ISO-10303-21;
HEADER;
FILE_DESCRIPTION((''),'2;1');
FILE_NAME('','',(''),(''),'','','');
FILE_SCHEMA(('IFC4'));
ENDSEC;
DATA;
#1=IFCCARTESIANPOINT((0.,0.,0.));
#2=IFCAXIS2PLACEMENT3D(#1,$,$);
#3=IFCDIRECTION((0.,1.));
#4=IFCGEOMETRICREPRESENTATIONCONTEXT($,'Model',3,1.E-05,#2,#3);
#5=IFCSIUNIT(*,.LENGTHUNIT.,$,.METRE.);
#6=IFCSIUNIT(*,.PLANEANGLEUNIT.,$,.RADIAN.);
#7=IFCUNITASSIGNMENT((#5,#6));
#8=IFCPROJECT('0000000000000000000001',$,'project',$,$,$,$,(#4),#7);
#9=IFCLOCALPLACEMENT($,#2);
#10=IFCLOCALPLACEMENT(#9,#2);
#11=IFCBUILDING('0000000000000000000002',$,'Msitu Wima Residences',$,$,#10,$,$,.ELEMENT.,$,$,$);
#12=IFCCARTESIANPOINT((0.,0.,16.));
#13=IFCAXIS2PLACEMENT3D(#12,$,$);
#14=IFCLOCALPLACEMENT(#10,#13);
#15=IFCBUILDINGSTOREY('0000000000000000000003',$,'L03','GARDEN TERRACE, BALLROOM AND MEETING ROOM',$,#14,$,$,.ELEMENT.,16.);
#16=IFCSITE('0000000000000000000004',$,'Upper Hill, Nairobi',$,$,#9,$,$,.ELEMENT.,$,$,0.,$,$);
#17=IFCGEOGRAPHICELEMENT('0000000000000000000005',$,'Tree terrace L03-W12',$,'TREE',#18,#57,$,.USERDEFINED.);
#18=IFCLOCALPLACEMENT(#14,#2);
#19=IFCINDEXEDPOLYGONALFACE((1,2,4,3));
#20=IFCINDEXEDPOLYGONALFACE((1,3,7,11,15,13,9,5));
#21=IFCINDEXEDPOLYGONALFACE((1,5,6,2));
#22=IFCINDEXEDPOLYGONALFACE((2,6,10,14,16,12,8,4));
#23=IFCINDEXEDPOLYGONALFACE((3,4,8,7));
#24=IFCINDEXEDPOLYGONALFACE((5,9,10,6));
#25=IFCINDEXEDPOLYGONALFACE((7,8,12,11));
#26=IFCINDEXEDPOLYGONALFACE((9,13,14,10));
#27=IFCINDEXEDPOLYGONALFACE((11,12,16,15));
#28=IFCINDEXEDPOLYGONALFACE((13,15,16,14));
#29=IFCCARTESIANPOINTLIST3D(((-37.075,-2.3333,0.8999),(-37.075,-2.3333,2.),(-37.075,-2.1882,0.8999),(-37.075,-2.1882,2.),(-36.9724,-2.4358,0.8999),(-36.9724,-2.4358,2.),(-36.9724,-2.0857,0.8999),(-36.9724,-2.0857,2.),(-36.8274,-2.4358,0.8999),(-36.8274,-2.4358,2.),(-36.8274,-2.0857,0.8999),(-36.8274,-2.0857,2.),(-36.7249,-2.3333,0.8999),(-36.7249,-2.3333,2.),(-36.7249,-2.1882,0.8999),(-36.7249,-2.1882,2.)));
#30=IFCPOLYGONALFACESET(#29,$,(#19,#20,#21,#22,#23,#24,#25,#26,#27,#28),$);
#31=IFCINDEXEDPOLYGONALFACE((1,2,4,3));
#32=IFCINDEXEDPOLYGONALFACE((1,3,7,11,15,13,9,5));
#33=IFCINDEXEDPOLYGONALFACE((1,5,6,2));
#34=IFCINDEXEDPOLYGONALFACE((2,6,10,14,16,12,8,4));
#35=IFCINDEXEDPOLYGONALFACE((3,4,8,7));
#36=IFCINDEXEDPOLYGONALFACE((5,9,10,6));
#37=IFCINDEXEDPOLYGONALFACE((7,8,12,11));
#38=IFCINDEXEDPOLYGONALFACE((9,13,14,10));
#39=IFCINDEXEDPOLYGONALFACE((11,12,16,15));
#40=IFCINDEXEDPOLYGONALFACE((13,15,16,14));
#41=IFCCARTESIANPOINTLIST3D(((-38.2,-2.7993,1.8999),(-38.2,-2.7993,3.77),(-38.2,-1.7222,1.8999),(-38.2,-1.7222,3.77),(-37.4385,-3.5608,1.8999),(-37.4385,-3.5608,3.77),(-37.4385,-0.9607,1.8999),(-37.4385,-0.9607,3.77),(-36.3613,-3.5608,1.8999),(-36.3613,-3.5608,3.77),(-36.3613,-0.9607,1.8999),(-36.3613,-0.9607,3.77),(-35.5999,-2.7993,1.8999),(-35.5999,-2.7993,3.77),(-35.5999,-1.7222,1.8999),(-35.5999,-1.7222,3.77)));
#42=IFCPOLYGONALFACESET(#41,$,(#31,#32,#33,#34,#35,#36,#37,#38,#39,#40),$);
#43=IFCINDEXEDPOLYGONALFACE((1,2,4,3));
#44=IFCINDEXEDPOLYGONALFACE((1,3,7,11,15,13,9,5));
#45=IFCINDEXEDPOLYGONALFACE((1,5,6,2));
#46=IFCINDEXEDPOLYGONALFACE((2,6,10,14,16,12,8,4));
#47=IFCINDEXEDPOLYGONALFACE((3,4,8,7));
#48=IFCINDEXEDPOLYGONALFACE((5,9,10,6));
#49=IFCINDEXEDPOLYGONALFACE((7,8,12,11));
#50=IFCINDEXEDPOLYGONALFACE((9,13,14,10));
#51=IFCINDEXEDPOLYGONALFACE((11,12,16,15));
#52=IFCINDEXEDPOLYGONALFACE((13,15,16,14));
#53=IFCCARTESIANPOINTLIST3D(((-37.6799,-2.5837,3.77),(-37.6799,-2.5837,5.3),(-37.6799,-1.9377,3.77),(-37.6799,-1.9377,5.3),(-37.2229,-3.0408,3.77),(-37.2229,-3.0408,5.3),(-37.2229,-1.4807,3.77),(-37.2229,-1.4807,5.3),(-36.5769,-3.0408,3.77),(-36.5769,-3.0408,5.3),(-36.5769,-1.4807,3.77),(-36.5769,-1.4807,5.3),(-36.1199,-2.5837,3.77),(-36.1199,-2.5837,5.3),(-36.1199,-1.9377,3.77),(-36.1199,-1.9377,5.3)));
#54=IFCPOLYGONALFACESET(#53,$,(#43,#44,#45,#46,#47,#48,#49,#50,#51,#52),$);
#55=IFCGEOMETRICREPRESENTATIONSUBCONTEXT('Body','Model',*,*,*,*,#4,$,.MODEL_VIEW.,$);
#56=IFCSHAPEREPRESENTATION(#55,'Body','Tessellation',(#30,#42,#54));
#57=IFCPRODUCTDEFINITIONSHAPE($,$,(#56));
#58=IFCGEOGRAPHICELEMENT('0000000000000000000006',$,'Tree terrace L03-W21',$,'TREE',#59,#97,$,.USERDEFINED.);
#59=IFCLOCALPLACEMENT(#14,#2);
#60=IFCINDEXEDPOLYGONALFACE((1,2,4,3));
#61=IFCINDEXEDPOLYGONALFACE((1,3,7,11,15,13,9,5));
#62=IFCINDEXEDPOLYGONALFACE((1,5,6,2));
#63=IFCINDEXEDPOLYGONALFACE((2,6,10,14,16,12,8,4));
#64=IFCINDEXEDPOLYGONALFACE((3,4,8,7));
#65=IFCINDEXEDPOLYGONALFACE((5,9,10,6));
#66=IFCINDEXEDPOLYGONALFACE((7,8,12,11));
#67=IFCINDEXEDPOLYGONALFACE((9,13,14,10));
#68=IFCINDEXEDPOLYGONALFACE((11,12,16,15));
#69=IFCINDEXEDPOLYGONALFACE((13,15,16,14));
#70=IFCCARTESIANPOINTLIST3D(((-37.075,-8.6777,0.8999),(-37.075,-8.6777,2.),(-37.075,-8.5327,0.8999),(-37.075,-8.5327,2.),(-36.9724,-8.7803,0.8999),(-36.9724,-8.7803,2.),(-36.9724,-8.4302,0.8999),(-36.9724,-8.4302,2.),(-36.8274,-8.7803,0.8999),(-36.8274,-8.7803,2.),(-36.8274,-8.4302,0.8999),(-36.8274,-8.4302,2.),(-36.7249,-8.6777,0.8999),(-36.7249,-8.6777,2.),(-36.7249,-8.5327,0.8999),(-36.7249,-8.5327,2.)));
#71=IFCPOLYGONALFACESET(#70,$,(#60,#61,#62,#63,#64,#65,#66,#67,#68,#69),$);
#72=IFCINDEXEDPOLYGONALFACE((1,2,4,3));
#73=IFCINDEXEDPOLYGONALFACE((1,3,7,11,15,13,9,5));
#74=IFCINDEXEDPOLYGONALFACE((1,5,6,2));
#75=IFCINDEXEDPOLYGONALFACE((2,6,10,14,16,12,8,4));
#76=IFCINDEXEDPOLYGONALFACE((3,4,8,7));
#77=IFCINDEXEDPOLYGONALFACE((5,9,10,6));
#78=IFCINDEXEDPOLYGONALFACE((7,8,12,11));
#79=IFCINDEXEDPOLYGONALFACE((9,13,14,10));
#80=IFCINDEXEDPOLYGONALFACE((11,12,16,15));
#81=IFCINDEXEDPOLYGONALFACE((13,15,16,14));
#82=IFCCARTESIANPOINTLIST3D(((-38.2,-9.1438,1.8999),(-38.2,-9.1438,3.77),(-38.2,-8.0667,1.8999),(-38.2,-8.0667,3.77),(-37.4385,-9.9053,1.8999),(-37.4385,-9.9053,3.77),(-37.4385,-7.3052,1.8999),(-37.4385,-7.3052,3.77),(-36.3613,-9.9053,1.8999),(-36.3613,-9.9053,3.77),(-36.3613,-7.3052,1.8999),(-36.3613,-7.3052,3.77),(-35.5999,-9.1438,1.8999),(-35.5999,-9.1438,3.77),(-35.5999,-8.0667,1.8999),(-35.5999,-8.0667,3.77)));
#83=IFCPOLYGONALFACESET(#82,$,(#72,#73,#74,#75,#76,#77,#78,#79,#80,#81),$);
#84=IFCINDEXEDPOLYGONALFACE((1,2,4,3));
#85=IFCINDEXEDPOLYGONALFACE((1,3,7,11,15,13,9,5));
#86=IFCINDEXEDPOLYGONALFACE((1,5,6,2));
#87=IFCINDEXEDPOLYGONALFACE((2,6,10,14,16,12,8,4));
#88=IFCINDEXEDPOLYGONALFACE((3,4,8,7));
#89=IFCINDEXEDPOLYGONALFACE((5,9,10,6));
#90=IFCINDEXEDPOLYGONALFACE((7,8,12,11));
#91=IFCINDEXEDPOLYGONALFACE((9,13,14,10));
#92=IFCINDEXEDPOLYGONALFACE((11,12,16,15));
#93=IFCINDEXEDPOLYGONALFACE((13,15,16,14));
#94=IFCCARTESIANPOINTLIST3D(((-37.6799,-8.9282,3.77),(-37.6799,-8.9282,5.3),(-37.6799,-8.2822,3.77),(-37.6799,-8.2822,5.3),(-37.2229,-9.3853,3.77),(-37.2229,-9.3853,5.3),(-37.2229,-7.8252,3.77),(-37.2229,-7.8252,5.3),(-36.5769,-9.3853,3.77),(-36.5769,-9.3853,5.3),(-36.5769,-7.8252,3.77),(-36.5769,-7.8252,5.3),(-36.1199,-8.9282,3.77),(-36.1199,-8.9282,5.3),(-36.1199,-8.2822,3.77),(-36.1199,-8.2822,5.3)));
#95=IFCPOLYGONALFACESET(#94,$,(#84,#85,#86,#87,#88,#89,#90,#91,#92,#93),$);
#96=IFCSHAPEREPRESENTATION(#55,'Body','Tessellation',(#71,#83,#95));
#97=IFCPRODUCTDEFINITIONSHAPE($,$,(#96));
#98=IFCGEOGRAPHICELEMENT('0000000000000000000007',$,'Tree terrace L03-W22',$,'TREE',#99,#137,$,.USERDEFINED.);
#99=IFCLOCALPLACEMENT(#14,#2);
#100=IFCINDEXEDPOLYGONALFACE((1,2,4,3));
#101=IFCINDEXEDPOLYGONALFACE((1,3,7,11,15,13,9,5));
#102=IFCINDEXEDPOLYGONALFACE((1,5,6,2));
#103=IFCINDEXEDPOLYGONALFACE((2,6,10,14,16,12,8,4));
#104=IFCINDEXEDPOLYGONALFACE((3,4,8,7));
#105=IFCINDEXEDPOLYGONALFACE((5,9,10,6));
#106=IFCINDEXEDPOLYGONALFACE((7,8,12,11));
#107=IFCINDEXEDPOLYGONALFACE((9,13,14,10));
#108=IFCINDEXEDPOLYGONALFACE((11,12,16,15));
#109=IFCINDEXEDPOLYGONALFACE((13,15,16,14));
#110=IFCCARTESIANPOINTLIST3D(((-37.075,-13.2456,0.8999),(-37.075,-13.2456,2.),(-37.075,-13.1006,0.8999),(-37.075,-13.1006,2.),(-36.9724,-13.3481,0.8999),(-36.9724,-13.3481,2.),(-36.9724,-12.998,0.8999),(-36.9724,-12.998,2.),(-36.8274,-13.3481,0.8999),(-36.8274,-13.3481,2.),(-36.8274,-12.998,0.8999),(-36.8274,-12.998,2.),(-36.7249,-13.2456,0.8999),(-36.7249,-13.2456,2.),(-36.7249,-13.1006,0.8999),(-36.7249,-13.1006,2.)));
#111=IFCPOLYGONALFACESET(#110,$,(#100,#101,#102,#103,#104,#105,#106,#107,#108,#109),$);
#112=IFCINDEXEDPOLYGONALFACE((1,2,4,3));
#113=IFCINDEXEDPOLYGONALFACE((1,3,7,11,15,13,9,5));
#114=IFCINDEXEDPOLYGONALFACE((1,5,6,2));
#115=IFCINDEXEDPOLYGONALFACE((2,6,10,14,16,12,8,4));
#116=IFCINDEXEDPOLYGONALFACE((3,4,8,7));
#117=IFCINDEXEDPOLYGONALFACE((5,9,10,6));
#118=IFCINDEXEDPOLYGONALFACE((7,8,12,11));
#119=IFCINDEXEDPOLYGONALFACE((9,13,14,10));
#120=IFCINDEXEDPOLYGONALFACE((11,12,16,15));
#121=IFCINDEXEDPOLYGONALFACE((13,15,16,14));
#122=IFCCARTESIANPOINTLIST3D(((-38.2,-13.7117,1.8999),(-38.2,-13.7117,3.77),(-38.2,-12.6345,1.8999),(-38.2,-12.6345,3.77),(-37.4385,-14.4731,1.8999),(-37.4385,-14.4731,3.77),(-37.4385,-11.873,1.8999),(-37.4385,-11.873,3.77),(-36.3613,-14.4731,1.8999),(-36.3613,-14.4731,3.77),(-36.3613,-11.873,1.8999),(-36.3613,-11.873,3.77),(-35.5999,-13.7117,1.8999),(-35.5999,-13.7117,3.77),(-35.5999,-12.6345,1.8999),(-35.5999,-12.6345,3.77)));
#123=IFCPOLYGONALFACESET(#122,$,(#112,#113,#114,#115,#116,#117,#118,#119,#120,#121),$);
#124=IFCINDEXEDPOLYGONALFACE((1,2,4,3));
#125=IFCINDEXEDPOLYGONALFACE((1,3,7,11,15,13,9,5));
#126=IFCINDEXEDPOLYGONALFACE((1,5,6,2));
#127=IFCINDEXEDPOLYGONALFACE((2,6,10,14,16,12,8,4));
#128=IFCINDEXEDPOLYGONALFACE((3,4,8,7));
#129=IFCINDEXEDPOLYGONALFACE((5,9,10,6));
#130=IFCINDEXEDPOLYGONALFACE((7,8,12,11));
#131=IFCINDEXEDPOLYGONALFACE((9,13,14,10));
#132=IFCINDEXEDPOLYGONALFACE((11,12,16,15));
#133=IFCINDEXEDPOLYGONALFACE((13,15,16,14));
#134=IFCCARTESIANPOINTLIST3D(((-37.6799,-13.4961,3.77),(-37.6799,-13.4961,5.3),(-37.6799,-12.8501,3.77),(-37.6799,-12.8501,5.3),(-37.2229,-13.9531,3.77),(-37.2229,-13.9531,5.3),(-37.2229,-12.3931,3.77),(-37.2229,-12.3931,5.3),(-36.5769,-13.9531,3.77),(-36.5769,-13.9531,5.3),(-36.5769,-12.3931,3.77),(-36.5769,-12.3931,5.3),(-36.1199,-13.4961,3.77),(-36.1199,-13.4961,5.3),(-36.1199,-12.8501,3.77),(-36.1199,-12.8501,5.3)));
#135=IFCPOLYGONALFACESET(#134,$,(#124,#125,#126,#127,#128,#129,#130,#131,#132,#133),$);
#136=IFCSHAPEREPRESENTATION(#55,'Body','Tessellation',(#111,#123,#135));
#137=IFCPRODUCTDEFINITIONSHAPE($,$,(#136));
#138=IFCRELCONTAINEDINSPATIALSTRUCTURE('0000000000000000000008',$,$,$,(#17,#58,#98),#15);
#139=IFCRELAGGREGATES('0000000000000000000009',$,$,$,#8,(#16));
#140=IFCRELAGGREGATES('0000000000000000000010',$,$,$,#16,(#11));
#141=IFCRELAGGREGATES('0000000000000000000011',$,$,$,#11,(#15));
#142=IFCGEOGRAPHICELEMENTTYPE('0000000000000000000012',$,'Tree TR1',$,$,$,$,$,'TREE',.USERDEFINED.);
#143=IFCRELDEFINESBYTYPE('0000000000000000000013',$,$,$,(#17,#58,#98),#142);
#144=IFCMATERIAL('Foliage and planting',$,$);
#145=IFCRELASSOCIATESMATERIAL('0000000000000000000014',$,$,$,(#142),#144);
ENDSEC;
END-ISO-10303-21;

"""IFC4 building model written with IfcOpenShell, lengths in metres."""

from ifc_helpers import new_model, si_unit, direction, frame, origin, place, context, subcontext, project, spatial, polyline, outline, extrude, material, type_object, element, save


model = new_model("IFC4")

# Units and contexts
model_context = context("Model", 3, precision=1e-05, world=origin(), true_north=direction((0.0, 1.0)))
body_context = subcontext(model_context, "Body", "Model", "MODEL_VIEW")
ifc_project = project(units=[si_unit("LENGTHUNIT", "METRE"), si_unit("PLANEANGLEUNIT", "RADIAN")], contexts=[model_context])

# Site, building, storey
site_placement = place(None, origin())
site = spatial("IfcSite", under=ifc_project, at=site_placement, Name="Upper Hill, Nairobi", CompositionType="ELEMENT", RefElevation=0.0)
building_placement = place(site_placement, origin())
building = spatial("IfcBuilding", under=site, at=building_placement, Name="Msitu Wima Residences", CompositionType="ELEMENT")
storey_placement = place(building_placement, frame((0.0, 0.0, 16.0)))
storey = spatial("IfcBuildingStorey", under=building, at=storey_placement, Name="L03", Description="GARDEN TERRACE, BALLROOM AND MEETING ROOM", CompositionType="ELEMENT", Elevation=16.0)

# Geographic elements
ifc_material_1 = material(Name="Foliage and planting")
geographic_element_type = type_object("IfcGeographicElementType", Name="Tree TR1", ElementType="TREE", PredefinedType="USERDEFINED", material=ifc_material_1)
for number, where, z_axis, x_axis, name in (
    (1, (-36.8999, -2.2607, 0.8999), (0.0, 0.0, 1.0), (1.0, 0.0, 0.0), "Tree terrace L03-W12"),
    (2, (-36.8999, -8.6052, 0.8999), (0.0, 0.0, 1.0), (1.0, 0.0, 0.0), "Tree terrace L03-W21"),
    (3, (-36.8999, -13.1731, 0.8999), (0.0, 0.0, 1.0), (1.0, 0.0, 0.0), "Tree terrace L03-W22"),
):
    element("IfcGeographicElement", number, at=place(storey_placement, frame(where, z_axis=z_axis, x_axis=x_axis)), inside=storey, type_object=geographic_element_type, Name=name, ObjectType="TREE", PredefinedType="USERDEFINED", context=body_context, shape_type="SweptSolid", body=[
        extrude(outline(polyline([(0.175, 0.0725), (0.0725, 0.175), (-0.0725, 0.175), (-0.175, 0.0725), (-0.175, -0.0725), (-0.0725, -0.175), (0.0725, -0.175), (0.175, -0.0725), (0.175, 0.0725)])), origin(), (0.0, 0.0, 1.0), 1.1001),
        extrude(outline(polyline([(1.3, 0.5386), (0.5386, 1.3), (-0.5386, 1.3), (-1.3, 0.5386), (-1.3, -0.5386), (-0.5386, -1.3), (0.5386, -1.3), (1.3, -0.5386), (1.3, 0.5386)])), frame((0.0, 0.0, 1.0)), (0.0, 0.0, 1.0), 1.8701),
        extrude(outline(polyline([(0.78, 0.323), (0.323, 0.78), (-0.323, 0.78), (-0.78, 0.323), (-0.78, -0.323), (-0.323, -0.78), (0.323, -0.78), (0.78, -0.323), (0.78, 0.323)])), frame((0.0, 0.0, 2.8701)), (0.0, 0.0, 1.0), 1.53),
    ])

save(model, "model.ifc")
